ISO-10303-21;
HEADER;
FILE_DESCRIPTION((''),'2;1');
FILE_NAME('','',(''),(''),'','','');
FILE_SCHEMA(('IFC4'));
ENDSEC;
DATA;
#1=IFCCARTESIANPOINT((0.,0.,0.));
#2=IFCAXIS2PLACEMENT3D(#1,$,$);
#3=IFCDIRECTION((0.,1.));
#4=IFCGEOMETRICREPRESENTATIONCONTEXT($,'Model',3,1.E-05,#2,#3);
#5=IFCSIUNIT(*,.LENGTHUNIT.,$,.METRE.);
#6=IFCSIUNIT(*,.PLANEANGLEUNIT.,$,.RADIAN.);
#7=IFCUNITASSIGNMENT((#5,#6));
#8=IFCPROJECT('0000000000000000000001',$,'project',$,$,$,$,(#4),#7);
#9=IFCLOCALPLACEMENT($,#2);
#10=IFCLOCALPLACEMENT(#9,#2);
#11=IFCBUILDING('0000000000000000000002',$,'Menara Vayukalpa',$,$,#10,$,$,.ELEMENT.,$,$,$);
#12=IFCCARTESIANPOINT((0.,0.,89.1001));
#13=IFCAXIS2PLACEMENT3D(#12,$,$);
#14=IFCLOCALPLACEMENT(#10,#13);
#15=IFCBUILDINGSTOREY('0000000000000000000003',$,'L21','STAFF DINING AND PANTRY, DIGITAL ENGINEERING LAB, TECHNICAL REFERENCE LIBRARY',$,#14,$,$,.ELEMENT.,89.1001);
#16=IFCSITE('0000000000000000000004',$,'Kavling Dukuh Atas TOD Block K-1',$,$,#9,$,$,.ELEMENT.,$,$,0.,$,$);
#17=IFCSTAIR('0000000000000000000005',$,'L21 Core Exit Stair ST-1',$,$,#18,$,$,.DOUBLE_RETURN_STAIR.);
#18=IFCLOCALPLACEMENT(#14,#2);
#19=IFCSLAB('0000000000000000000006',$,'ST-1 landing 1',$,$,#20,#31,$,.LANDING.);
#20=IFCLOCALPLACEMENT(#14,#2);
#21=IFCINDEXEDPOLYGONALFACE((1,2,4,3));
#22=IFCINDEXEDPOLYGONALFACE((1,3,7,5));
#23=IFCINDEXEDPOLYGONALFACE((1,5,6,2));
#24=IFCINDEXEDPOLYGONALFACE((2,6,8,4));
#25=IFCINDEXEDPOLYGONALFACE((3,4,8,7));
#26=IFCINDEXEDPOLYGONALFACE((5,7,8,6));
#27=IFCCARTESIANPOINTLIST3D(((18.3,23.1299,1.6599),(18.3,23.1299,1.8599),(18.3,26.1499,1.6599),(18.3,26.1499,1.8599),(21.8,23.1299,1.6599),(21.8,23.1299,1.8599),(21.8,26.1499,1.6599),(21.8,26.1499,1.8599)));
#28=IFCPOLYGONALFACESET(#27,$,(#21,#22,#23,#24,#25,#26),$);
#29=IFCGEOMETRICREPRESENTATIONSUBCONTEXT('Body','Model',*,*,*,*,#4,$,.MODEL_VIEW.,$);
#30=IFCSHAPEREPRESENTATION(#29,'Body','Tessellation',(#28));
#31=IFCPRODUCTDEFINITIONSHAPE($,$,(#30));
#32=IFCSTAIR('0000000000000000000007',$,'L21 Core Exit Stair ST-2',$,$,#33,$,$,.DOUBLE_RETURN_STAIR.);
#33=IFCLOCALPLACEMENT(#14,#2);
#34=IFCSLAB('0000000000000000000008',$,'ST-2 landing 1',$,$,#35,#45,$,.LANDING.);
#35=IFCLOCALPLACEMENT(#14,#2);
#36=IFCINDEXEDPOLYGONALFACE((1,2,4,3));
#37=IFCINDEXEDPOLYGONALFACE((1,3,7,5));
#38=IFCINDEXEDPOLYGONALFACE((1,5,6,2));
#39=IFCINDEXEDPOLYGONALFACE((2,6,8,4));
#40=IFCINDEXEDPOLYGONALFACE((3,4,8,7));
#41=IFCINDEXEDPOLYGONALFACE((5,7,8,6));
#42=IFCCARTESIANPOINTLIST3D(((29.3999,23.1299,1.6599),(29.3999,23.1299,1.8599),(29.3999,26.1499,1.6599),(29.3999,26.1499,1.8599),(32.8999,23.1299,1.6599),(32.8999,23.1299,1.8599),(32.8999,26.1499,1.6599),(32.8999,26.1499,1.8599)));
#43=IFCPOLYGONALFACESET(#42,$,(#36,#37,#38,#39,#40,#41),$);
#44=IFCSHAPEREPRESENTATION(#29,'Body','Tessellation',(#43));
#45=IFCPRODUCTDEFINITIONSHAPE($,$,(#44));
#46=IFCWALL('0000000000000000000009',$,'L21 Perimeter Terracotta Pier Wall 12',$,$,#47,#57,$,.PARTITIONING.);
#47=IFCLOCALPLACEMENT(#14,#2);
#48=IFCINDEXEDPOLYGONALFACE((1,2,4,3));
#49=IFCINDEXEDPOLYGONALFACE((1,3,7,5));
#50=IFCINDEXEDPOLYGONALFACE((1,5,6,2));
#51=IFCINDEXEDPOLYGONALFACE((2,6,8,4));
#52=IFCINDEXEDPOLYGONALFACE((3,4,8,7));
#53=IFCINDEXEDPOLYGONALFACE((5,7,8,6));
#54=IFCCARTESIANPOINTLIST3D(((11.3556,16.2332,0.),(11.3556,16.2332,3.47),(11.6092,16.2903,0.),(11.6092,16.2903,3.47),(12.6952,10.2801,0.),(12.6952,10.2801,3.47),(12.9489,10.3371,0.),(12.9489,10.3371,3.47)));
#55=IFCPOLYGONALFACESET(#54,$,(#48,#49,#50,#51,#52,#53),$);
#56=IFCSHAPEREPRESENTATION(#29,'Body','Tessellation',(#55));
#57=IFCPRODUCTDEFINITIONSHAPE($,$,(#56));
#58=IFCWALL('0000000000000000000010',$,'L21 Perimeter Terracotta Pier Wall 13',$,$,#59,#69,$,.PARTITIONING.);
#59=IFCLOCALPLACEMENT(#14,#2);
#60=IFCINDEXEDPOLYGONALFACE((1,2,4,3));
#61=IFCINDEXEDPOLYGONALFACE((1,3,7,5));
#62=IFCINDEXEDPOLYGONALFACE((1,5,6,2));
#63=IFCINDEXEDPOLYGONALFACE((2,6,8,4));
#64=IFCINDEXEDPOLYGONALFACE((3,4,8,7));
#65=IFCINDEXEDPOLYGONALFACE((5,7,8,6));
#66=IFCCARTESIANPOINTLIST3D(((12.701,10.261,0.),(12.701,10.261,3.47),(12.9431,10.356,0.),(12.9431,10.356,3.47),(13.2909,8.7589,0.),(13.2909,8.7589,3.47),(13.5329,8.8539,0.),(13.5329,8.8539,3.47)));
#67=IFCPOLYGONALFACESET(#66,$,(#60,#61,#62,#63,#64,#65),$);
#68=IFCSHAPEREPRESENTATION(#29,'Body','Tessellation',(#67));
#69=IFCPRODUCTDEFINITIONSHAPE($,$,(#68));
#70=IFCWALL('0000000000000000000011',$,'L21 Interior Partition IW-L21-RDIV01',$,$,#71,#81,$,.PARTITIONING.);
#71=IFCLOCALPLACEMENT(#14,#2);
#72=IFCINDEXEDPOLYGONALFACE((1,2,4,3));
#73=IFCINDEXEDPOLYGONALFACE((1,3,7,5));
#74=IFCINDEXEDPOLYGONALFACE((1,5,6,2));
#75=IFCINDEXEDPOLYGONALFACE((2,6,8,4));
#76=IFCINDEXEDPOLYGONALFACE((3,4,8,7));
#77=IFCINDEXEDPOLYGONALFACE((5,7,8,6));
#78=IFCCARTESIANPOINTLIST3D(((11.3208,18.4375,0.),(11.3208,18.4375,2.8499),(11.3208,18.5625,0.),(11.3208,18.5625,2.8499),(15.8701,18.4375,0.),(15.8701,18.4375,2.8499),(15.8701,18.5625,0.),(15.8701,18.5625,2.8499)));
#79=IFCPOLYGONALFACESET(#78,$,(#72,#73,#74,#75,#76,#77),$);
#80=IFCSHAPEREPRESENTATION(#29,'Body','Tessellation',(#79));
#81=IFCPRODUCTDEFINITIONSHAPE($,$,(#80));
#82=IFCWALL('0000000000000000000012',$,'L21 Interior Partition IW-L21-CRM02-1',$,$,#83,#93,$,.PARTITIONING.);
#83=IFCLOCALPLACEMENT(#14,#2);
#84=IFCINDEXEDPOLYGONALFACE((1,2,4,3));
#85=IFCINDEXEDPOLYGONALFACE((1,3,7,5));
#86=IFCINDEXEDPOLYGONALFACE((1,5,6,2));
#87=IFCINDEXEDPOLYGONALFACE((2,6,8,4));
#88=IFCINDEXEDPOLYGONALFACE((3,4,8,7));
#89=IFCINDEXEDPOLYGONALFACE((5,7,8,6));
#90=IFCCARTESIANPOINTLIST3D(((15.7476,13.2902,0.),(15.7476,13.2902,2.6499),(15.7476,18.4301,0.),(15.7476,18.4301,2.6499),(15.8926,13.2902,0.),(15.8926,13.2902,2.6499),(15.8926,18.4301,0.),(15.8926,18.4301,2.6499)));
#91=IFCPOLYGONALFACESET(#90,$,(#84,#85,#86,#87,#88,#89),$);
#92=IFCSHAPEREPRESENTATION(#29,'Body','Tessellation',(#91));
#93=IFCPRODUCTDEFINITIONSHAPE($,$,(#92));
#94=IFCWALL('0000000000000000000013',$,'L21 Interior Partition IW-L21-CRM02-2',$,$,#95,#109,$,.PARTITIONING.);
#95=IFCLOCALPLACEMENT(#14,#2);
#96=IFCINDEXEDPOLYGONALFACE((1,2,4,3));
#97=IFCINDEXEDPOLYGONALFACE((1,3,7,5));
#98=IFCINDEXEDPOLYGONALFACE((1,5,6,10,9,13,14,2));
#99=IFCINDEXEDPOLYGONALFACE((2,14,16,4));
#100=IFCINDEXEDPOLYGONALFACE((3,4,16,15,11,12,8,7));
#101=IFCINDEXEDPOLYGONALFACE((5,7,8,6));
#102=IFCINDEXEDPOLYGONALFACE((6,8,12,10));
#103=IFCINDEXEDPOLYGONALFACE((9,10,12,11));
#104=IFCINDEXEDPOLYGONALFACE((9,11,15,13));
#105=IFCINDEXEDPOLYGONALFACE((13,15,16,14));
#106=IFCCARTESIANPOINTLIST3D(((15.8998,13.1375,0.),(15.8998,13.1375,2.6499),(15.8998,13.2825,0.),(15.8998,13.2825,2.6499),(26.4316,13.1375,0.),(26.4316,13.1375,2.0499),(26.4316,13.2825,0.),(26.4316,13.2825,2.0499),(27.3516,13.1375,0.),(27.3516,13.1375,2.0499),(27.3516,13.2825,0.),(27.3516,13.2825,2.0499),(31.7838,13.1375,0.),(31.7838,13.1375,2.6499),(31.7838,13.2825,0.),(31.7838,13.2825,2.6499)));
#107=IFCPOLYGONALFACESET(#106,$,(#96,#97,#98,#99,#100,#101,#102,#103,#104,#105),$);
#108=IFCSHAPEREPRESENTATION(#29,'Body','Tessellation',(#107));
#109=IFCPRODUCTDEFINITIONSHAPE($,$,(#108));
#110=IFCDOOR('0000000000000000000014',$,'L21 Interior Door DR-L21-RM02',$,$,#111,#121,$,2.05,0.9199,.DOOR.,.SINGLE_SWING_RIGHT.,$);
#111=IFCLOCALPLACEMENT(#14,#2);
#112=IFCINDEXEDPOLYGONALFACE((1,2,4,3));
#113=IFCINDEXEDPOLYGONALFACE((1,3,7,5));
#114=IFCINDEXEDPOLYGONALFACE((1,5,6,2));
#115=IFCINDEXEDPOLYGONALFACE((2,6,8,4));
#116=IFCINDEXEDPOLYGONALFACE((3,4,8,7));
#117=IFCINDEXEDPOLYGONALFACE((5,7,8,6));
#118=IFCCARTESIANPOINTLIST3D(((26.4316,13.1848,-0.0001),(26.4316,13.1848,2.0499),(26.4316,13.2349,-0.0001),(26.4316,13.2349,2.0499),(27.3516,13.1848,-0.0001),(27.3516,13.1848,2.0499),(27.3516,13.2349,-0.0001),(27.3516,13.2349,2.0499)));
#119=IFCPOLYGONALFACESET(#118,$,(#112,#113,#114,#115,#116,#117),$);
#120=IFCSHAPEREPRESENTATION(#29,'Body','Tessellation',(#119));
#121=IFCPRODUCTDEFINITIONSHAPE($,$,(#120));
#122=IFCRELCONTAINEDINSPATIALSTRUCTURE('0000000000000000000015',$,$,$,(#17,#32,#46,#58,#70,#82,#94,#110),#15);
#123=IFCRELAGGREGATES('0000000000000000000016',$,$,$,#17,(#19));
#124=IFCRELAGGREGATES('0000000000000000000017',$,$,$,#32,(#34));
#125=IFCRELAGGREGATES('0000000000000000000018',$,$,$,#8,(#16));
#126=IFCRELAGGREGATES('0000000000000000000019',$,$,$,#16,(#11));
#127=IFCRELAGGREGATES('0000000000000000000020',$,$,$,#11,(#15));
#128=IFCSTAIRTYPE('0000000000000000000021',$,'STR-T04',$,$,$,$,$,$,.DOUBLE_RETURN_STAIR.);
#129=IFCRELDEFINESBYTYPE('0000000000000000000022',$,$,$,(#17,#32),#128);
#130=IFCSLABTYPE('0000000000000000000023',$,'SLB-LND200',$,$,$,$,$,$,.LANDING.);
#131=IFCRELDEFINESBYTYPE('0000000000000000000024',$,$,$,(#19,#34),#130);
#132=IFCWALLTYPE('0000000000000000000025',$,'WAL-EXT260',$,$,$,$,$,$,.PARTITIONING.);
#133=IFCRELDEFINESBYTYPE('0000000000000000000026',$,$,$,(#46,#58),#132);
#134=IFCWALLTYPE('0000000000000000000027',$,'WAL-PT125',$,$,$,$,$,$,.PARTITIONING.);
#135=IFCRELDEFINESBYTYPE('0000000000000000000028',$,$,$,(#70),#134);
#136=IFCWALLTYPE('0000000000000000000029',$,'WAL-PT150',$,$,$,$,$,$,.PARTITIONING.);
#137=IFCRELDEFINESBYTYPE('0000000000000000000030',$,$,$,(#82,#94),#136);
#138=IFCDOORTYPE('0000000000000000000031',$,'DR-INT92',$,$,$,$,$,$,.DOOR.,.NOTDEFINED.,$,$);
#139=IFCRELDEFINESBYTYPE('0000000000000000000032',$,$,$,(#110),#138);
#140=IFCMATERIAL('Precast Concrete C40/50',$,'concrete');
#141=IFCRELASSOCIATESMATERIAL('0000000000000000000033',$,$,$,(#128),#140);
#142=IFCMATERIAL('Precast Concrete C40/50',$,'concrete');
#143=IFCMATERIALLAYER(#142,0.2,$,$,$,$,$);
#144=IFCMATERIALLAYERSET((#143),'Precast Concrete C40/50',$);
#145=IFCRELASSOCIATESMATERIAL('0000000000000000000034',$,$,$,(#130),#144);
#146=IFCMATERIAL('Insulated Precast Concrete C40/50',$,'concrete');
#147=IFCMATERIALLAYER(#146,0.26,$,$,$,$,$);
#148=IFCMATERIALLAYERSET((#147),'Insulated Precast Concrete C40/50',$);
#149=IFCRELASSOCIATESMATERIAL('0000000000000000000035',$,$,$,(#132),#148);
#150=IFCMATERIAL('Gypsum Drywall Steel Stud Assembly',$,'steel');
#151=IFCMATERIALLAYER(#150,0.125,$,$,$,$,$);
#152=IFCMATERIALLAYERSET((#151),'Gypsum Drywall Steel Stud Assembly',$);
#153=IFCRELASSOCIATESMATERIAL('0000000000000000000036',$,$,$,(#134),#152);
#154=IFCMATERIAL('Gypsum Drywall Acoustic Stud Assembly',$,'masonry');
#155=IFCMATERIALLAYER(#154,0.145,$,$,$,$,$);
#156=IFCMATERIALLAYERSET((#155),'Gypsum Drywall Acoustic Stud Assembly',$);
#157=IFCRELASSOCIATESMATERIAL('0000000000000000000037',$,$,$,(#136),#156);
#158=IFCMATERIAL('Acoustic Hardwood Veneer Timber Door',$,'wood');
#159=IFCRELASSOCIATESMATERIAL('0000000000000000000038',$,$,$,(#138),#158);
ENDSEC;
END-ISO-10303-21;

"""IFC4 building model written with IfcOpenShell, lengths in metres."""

from ifc_helpers import new_model, si_unit, direction, frame, frame_2d, origin, place, context, subcontext, project, spatial, polyline, rectangle, outline, extrude, material, layer, layer_set, type_object, element, fill, aggregate, save


model = new_model("IFC4")

# Units and contexts
model_context = context("Model", 3, precision=1e-05, world=origin(), true_north=direction((0.0, 1.0)))
body_context = subcontext(model_context, "Body", "Model", "MODEL_VIEW")
ifc_project = project(units=[si_unit("LENGTHUNIT", "METRE"), si_unit("PLANEANGLEUNIT", "RADIAN")], contexts=[model_context])

# Site, building, storey
site_placement = place(None, origin())
site = spatial("IfcSite", under=ifc_project, at=site_placement, Name="Kavling Dukuh Atas TOD Block K-1", CompositionType="ELEMENT", RefElevation=0.0)
building_placement = place(site_placement, origin())
building = spatial("IfcBuilding", under=site, at=building_placement, Name="Menara Vayukalpa", CompositionType="ELEMENT")
storey_placement = place(building_placement, frame((0.0, 0.0, 89.1001)))
storey = spatial("IfcBuildingStorey", under=building, at=storey_placement, Name="L21", Description="STAFF DINING AND PANTRY, DIGITAL ENGINEERING LAB, TECHNICAL REFERENCE LIBRARY", CompositionType="ELEMENT", Elevation=89.1001)

# Stairs, slabs
ifc_material_1 = material(Name="Precast Concrete C40/50", Category="concrete")
stair_type = type_object("IfcStairType", Name="STR-T04", PredefinedType="DOUBLE_RETURN_STAIR", material=ifc_material_1)
stair_1_placement = place(storey_placement, origin())
stair_1 = element("IfcStair", 1, at=stair_1_placement, inside=storey, type_object=stair_type, Name="L21 Core Exit Stair ST-1", PredefinedType="DOUBLE_RETURN_STAIR")
ifc_material_2 = material(Name="Precast Concrete C40/50", Category="concrete")
ifc_layer_1 = layer(ifc_material_2, 0.2)
ifc_layer_set_1 = layer_set([ifc_layer_1], Name="Precast Concrete C40/50")
slab_type_1 = type_object("IfcSlabType", Name="SLB-LND200", PredefinedType="LANDING", material=ifc_layer_set_1)
slab_1_placement = place(storey_placement, frame((0.0, 0.0, 1.6599)))
slab_1 = element("IfcSlab", 2, at=slab_1_placement, type_object=slab_type_1, Name="ST-1 landing 1", PredefinedType="LANDING", context=body_context, shape_type="SweptSolid", body=[
    extrude(outline(polyline([(21.8, 23.1299), (21.8, 26.1499), (18.3, 26.1499), (18.3, 23.1299), (21.8, 23.1299)])), origin(), (0.0, 0.0, 1.0), 0.2),
])
aggregate(stair_1, [slab_1])
stair_2_placement = place(storey_placement, origin())
stair_2 = element("IfcStair", 3, at=stair_2_placement, inside=storey, type_object=stair_type, Name="L21 Core Exit Stair ST-2", PredefinedType="DOUBLE_RETURN_STAIR")
slab_2_placement = place(storey_placement, frame((0.0, 0.0, 1.6599)))
slab_2 = element("IfcSlab", 4, at=slab_2_placement, type_object=slab_type_1, Name="ST-2 landing 1", PredefinedType="LANDING", context=body_context, shape_type="SweptSolid", body=[
    extrude(outline(polyline([(32.8999, 23.1299), (32.8999, 26.1499), (29.3999, 26.1499), (29.3999, 23.1299), (32.8999, 23.1299)])), origin(), (0.0, 0.0, 1.0), 0.2),
])
aggregate(stair_2, [slab_2])

# Walls
ifc_material_3 = material(Name="Insulated Precast Concrete C40/50", Category="concrete")
ifc_layer_2 = layer(ifc_material_3, 0.26)
ifc_layer_set_2 = layer_set([ifc_layer_2], Name="Insulated Precast Concrete C40/50")
wall_type_1 = type_object("IfcWallType", Name="WAL-EXT260", PredefinedType="PARTITIONING", material=ifc_layer_set_2)
wall_1_placement = place(storey_placement, frame((12.822, 10.3086, 0.0), z_axis=(0.0, 0.0, 1.0), x_axis=(-0.219535, 0.975605, 0.0)))
element("IfcWall", 5, at=wall_1_placement, inside=storey, type_object=wall_type_1, Name="L21 Perimeter Terracotta Pier Wall 12", PredefinedType="PARTITIONING", context=body_context, shape_type="SweptSolid", body=[
    extrude(rectangle(XDim=6.1021, YDim=0.26, at=frame_2d((3.051, 0.0))), origin(), (0.0, 0.0, 1.0), 3.47),
])
wall_2_placement = place(storey_placement, frame((13.4119, 8.8064, 0.0), z_axis=(0.0, 0.0, 1.0), x_axis=(-0.365489, 0.930816, 0.0)))
element("IfcWall", 6, at=wall_2_placement, inside=storey, type_object=wall_type_1, Name="L21 Perimeter Terracotta Pier Wall 13", PredefinedType="PARTITIONING", context=body_context, shape_type="SweptSolid", body=[
    extrude(rectangle(XDim=1.6138, YDim=0.26, at=frame_2d((0.8069, 0.0))), origin(), (0.0, 0.0, 1.0), 3.47),
])
ifc_material_4 = material(Name="Gypsum Drywall Steel Stud Assembly", Category="steel")
ifc_layer_3 = layer(ifc_material_4, 0.125)
ifc_layer_set_3 = layer_set([ifc_layer_3], Name="Gypsum Drywall Steel Stud Assembly")
wall_type_2 = type_object("IfcWallType", Name="WAL-PT125", PredefinedType="PARTITIONING", material=ifc_layer_set_3)
wall_3_placement = place(storey_placement, frame((11.3208, 18.5, 0.0), z_axis=(0.0, 0.0, 1.0), x_axis=(1.0, 0.0, 0.0)))
element("IfcWall", 7, at=wall_3_placement, inside=storey, type_object=wall_type_2, Name="L21 Interior Partition IW-L21-RDIV01", PredefinedType="PARTITIONING", context=body_context, shape_type="SweptSolid", body=[
    extrude(rectangle(XDim=4.5493, YDim=0.125, at=frame_2d((2.2747, 0.0))), origin(), (0.0, 0.0, 1.0), 2.8499),
])
ifc_material_5 = material(Name="Gypsum Drywall Acoustic Stud Assembly", Category="masonry")
ifc_layer_4 = layer(ifc_material_5, 0.145)
ifc_layer_set_4 = layer_set([ifc_layer_4], Name="Gypsum Drywall Acoustic Stud Assembly")
wall_type_3 = type_object("IfcWallType", Name="WAL-PT150", PredefinedType="PARTITIONING", material=ifc_layer_set_4)
wall_4_placement = place(storey_placement, frame((15.8201, 18.4299, 0.0), z_axis=(0.0, 0.0, 1.0), x_axis=(0.0, -1.0, 0.0)))
element("IfcWall", 8, at=wall_4_placement, inside=storey, type_object=wall_type_3, Name="L21 Interior Partition IW-L21-CRM02-1", PredefinedType="PARTITIONING", context=body_context, shape_type="SweptSolid", body=[
    extrude(rectangle(XDim=5.1399, YDim=0.145, at=frame_2d((2.5698, 0.0))), origin(), (0.0, 0.0, 1.0), 2.6499),
])

# Wall, opening, door
wall_5_placement = place(storey_placement, frame((15.8999, 13.21, 0.0), z_axis=(0.0, 0.0, 1.0), x_axis=(1.0, 0.0, 0.0)))
wall_5 = element("IfcWall", 9, at=wall_5_placement, inside=storey, type_object=wall_type_3, Name="L21 Interior Partition IW-L21-CRM02-2", PredefinedType="PARTITIONING", context=body_context, shape_type="SweptSolid", body=[
    extrude(rectangle(XDim=15.884, YDim=0.145, at=frame_2d((7.9419, 0.0))), origin(), (0.0, 0.0, 1.0), 2.6499),
])
opening_placement = place(wall_5_placement, frame((10.5317, 0.0, 0.0)))
opening = element("IfcOpeningElement", 10, at=opening_placement, cuts=wall_5, PredefinedType="OPENING", context=body_context, shape_type="SweptSolid", body=[
    extrude(rectangle(XDim=0.9199, YDim=2.05, at=frame_2d((0.46, 1.0249))), frame((0.0, 0.0825, 0.0), z_axis=(0.0, -1.0, 0.0), x_axis=(1.0, 0.0, 0.0)), (0.0, 0.0, 1.0), 0.165),
])
ifc_material_6 = material(Name="Acoustic Hardwood Veneer Timber Door", Category="wood")
door_type = type_object("IfcDoorType", Name="DR-INT92", OperationType="NOTDEFINED", PredefinedType="DOOR", material=ifc_material_6)
door_placement = place(opening_placement, origin())
door = element("IfcDoor", 11, at=door_placement, inside=storey, type_object=door_type, Name="L21 Interior Door DR-L21-RM02", OperationType="SINGLE_SWING_RIGHT", OverallHeight=2.05, OverallWidth=0.9199, PredefinedType="DOOR", context=body_context, shape_type="SweptSolid", body=[
    extrude(rectangle(XDim=0.9199, YDim=2.05, at=frame_2d((0.46, 1.0249))), frame((0.0, 0.0249, 0.0), z_axis=(0.0, -1.0, 0.0), x_axis=(1.0, 0.0, 0.0)), (0.0, 0.0, 1.0), 0.05),
])
fill(opening, door)

save(model, "model.ifc")
